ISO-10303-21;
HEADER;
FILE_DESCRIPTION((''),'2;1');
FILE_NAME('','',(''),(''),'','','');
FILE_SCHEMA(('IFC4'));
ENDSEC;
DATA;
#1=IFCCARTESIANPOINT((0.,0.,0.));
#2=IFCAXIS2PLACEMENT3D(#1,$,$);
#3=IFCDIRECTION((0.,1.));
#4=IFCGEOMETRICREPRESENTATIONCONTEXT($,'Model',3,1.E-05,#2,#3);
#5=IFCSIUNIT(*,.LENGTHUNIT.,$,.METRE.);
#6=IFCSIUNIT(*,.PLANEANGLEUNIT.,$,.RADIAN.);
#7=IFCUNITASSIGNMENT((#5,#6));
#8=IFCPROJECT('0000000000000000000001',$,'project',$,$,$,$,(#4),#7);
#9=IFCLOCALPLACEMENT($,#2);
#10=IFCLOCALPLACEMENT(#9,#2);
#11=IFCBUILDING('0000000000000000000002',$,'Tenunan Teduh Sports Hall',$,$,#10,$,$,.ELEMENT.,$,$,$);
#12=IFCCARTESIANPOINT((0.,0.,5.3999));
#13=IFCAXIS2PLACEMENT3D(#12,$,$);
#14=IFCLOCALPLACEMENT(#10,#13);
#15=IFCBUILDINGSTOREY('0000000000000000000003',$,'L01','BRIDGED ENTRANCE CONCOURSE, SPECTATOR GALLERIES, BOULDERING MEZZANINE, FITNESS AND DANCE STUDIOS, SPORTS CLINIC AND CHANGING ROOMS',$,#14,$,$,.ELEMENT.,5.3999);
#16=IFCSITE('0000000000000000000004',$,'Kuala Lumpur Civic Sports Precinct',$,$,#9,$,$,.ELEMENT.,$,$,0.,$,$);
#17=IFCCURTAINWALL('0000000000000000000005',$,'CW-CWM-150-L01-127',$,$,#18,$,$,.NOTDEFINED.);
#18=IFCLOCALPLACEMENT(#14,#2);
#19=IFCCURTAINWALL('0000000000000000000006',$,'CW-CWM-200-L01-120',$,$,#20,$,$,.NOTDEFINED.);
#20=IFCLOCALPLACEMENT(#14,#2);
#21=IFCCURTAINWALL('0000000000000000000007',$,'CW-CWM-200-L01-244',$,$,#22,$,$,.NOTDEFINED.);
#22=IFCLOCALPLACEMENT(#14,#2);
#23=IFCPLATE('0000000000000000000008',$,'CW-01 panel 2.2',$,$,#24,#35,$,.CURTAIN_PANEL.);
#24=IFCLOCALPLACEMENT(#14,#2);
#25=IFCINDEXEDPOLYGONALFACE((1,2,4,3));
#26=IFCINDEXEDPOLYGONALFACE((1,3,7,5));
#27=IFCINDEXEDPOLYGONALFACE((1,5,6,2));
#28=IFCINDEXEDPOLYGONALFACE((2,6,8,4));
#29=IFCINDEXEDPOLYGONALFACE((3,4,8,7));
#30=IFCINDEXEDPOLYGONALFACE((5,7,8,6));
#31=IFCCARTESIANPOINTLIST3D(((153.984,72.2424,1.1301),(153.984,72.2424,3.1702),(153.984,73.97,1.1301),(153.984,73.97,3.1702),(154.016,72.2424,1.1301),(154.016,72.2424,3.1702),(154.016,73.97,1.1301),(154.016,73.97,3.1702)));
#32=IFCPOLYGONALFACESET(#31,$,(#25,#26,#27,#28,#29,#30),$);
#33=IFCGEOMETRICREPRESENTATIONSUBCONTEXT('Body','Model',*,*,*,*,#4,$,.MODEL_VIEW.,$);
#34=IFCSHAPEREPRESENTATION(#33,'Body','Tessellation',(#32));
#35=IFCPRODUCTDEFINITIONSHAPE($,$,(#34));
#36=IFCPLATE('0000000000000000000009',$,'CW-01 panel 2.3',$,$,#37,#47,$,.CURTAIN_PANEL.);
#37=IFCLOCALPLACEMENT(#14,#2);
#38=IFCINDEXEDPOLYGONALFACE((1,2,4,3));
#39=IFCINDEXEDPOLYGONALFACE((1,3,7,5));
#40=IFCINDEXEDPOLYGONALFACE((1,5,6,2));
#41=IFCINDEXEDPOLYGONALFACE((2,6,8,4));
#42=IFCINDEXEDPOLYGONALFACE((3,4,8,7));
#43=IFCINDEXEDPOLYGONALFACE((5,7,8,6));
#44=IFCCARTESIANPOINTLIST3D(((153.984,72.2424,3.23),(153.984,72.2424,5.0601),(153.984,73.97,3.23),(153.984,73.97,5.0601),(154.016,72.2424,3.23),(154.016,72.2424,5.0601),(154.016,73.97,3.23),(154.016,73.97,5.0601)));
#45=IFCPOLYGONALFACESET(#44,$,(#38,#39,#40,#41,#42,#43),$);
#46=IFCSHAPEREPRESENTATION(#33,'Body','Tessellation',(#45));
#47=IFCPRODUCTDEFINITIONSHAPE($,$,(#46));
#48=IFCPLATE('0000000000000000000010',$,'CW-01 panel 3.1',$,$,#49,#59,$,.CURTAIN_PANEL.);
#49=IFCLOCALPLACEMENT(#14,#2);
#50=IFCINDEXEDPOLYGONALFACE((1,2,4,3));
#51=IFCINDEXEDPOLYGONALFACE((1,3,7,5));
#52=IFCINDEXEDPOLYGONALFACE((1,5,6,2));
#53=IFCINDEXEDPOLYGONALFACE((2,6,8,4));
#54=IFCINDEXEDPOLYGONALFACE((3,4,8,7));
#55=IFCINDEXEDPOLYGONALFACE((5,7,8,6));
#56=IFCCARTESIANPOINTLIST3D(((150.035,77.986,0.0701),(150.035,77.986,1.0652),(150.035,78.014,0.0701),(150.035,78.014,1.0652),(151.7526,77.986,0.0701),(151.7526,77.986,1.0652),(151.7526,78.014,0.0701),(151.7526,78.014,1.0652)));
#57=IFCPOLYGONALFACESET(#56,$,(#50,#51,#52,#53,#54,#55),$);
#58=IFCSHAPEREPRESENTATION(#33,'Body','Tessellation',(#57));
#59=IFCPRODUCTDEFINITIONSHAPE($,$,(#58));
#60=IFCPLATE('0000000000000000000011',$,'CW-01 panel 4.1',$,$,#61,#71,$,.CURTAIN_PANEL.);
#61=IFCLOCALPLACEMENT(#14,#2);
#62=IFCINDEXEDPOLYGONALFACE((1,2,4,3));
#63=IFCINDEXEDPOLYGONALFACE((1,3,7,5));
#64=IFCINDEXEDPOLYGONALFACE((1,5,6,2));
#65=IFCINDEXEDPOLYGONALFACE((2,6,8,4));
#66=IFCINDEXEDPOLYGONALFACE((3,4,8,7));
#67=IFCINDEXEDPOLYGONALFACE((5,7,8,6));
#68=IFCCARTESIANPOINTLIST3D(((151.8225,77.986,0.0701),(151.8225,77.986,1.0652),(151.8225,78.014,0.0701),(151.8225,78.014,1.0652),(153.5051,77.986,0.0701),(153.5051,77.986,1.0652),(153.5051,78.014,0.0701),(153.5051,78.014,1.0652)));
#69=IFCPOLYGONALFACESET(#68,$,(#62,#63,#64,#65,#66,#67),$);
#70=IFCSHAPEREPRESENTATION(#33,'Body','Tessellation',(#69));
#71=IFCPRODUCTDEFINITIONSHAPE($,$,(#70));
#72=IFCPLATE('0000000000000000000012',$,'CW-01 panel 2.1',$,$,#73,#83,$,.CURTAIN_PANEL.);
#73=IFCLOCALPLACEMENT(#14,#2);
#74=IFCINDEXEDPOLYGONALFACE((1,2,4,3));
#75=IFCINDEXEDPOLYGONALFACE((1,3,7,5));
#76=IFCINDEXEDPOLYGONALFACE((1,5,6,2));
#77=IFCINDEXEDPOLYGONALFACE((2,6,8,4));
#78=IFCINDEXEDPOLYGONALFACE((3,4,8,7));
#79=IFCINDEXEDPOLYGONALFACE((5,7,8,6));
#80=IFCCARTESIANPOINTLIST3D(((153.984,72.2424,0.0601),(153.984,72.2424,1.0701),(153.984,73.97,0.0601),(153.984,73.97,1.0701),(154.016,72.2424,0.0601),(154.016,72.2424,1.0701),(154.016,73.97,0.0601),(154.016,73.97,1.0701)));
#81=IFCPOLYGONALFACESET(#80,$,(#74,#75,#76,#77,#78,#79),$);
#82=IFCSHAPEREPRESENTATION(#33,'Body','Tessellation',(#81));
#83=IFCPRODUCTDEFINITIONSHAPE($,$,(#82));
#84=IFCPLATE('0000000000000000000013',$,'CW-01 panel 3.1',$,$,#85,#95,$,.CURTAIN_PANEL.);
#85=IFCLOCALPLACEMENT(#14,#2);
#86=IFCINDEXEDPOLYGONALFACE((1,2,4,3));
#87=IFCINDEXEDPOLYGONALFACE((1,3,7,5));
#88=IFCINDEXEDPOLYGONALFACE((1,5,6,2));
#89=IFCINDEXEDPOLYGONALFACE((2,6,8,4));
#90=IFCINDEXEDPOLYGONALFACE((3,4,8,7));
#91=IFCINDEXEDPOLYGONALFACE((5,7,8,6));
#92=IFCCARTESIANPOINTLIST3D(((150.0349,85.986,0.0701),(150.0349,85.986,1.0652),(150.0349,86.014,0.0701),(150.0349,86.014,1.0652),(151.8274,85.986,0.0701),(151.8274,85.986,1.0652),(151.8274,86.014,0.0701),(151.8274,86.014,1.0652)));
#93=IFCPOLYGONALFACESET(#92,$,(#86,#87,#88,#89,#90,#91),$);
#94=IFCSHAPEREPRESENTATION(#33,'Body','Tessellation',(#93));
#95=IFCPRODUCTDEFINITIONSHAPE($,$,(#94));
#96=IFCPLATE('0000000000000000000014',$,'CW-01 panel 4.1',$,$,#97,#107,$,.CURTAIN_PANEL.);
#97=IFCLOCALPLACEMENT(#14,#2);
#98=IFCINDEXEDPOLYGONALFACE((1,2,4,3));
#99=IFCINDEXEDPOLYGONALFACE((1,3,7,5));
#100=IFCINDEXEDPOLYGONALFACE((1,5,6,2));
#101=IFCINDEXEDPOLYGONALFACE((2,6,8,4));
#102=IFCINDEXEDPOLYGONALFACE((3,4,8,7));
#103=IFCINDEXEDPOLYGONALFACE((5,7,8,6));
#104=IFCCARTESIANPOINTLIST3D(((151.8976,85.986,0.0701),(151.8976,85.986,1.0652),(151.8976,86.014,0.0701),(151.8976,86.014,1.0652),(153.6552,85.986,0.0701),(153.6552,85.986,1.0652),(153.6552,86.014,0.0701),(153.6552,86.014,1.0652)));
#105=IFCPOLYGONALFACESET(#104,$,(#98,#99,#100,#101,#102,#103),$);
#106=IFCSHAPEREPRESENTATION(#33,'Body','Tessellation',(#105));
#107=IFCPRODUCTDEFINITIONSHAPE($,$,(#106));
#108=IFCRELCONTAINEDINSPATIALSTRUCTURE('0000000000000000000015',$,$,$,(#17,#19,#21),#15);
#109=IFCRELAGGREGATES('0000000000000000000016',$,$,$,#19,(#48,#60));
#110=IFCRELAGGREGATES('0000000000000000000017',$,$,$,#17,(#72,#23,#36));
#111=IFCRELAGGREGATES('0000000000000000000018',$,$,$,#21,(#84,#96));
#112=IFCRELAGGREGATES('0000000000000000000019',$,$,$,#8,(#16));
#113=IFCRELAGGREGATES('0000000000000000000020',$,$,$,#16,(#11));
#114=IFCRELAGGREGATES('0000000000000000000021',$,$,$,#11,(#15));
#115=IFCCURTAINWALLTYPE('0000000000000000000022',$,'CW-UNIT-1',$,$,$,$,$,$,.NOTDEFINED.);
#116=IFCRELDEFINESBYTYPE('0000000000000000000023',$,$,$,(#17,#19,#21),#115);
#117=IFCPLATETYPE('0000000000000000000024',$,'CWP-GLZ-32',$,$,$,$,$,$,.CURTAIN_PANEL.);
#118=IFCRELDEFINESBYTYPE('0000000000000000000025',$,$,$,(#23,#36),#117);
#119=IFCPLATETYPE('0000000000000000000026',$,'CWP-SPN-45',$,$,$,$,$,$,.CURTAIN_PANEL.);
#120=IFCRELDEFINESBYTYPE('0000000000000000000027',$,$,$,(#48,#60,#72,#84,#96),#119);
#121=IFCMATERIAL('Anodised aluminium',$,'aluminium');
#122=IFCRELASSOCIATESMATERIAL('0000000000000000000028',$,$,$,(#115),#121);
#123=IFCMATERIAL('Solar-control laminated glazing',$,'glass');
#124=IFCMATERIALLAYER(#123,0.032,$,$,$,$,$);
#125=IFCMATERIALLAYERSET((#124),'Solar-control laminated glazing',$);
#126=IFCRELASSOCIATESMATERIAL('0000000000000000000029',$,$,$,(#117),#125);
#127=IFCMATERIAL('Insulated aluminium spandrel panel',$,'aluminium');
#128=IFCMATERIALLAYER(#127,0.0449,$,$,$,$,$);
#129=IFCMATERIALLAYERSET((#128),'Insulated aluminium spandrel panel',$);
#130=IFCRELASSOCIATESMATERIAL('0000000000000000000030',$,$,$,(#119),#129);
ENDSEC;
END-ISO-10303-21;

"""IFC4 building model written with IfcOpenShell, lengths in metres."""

from ifc_helpers import new_model, si_unit, direction, frame, origin, origin_2d, place, context, subcontext, project, spatial, rectangle, extrude, material, layer, layer_set, type_object, element, aggregate, save


model = new_model("IFC4")

# Units and contexts
model_context = context("Model", 3, precision=1e-05, world=origin(), true_north=direction((0.0, 1.0)))
body_context = subcontext(model_context, "Body", "Model", "MODEL_VIEW")
ifc_project = project(units=[si_unit("LENGTHUNIT", "METRE"), si_unit("PLANEANGLEUNIT", "RADIAN")], contexts=[model_context])

# Site, building, storey
site_placement = place(None, origin())
site = spatial("IfcSite", under=ifc_project, at=site_placement, Name="Kuala Lumpur Civic Sports Precinct", CompositionType="ELEMENT", RefElevation=0.0)
building_placement = place(site_placement, origin())
building = spatial("IfcBuilding", under=site, at=building_placement, Name="Tenunan Teduh Sports Hall", CompositionType="ELEMENT")
storey_placement = place(building_placement, frame((0.0, 0.0, 5.3999)))
storey = spatial("IfcBuildingStorey", under=building, at=storey_placement, Name="L01", Description="BRIDGED ENTRANCE CONCOURSE, SPECTATOR GALLERIES, BOULDERING MEZZANINE, FITNESS AND DANCE STUDIOS, SPORTS CLINIC AND CHANGING ROOMS", CompositionType="ELEMENT", Elevation=5.3999)

# Curtain wall
ifc_material_1 = material(Name="Anodised aluminium", Category="aluminium")
curtain_wall_type = type_object("IfcCurtainWallType", Name="CW-UNIT-1", PredefinedType="NOTDEFINED", material=ifc_material_1)
curtain_wall_1_placement = place(storey_placement, origin())
curtain_wall_1 = element("IfcCurtainWall", 1, at=curtain_wall_1_placement, inside=storey, type_object=curtain_wall_type, Name="CW-CWM-150-L01-127", PredefinedType="NOTDEFINED")

# Curtain walls
curtain_wall_2_placement = place(storey_placement, origin())
curtain_wall_2 = element("IfcCurtainWall", 2, at=curtain_wall_2_placement, inside=storey, type_object=curtain_wall_type, Name="CW-CWM-200-L01-120", PredefinedType="NOTDEFINED")
curtain_wall_3_placement = place(storey_placement, origin())
curtain_wall_3 = element("IfcCurtainWall", 3, at=curtain_wall_3_placement, inside=storey, type_object=curtain_wall_type, Name="CW-CWM-200-L01-244", PredefinedType="NOTDEFINED")

# Plates
ifc_material_2 = material(Name="Solar-control laminated glazing", Category="glass")
ifc_layer_1 = layer(ifc_material_2, 0.032)
ifc_layer_set_1 = layer_set([ifc_layer_1], Name="Solar-control laminated glazing")
plate_type_1 = type_object("IfcPlateType", Name="CWP-GLZ-32", PredefinedType="CURTAIN_PANEL", material=ifc_layer_set_1)
plate_1_placement = place(storey_placement, frame((154.0, 73.1062, 1.1301), z_axis=(0.0, 0.0, 1.0), x_axis=(0.0, 1.0, 0.0)))
plate_1 = element("IfcPlate", 4, at=plate_1_placement, type_object=plate_type_1, Name="CW-01 panel 2.2", PredefinedType="CURTAIN_PANEL", context=body_context, shape_type="SweptSolid", body=[
    extrude(rectangle(XDim=1.7275, YDim=0.032, at=origin_2d()), origin(), (0.0, 0.0, 1.0), 2.04),
])
plate_2_placement = place(storey_placement, frame((154.0, 73.1062, 3.23), z_axis=(0.0, 0.0, 1.0), x_axis=(0.0, 1.0, 0.0)))
plate_2 = element("IfcPlate", 5, at=plate_2_placement, type_object=plate_type_1, Name="CW-01 panel 2.3", PredefinedType="CURTAIN_PANEL", context=body_context, shape_type="SweptSolid", body=[
    extrude(rectangle(XDim=1.7275, YDim=0.032, at=origin_2d()), origin(), (0.0, 0.0, 1.0), 1.8301),
])
ifc_material_3 = material(Name="Insulated aluminium spandrel panel", Category="aluminium")
ifc_layer_2 = layer(ifc_material_3, 0.0449)
ifc_layer_set_2 = layer_set([ifc_layer_2], Name="Insulated aluminium spandrel panel")
plate_type_2 = type_object("IfcPlateType", Name="CWP-SPN-45", PredefinedType="CURTAIN_PANEL", material=ifc_layer_set_2)
plate_3_placement = place(storey_placement, frame((150.8938, 78.0, 0.0701), z_axis=(0.0, 0.0, 1.0), x_axis=(1.0, 0.0, 0.0)))
plate_3 = element("IfcPlate", 6, at=plate_3_placement, type_object=plate_type_2, Name="CW-01 panel 3.1", PredefinedType="CURTAIN_PANEL", context=body_context, shape_type="SweptSolid", body=[
    extrude(rectangle(XDim=1.7175, YDim=0.0281, at=origin_2d()), origin(), (0.0, 0.0, 1.0), 0.9951),
])
plate_4_placement = place(storey_placement, frame((152.6638, 78.0, 0.0701), z_axis=(0.0, 0.0, 1.0), x_axis=(1.0, 0.0, 0.0)))
plate_4 = element("IfcPlate", 7, at=plate_4_placement, type_object=plate_type_2, Name="CW-01 panel 4.1", PredefinedType="CURTAIN_PANEL", context=body_context, shape_type="SweptSolid", body=[
    extrude(rectangle(XDim=1.6826, YDim=0.0281, at=origin_2d()), origin(), (0.0, 0.0, 1.0), 0.9951),
])
aggregate(curtain_wall_2, [plate_3, plate_4])
plate_5_placement = place(storey_placement, frame((154.0, 73.1062, 0.0601), z_axis=(0.0, 0.0, 1.0), x_axis=(0.0, 1.0, 0.0)))
plate_5 = element("IfcPlate", 8, at=plate_5_placement, type_object=plate_type_2, Name="CW-01 panel 2.1", PredefinedType="CURTAIN_PANEL", context=body_context, shape_type="SweptSolid", body=[
    extrude(rectangle(XDim=1.7275, YDim=0.032, at=origin_2d()), origin(), (0.0, 0.0, 1.0), 1.01),
])
aggregate(curtain_wall_1, [plate_5, plate_1, plate_2])
plate_6_placement = place(storey_placement, frame((150.9312, 86.0, 0.0701), z_axis=(0.0, 0.0, 1.0), x_axis=(1.0, 0.0, 0.0)))
plate_6 = element("IfcPlate", 9, at=plate_6_placement, type_object=plate_type_2, Name="CW-01 panel 3.1", PredefinedType="CURTAIN_PANEL", context=body_context, shape_type="SweptSolid", body=[
    extrude(rectangle(XDim=1.7925, YDim=0.0281, at=origin_2d()), origin(), (0.0, 0.0, 1.0), 0.9951),
])
plate_7_placement = place(storey_placement, frame((152.7764, 86.0, 0.0701), z_axis=(0.0, 0.0, 1.0), x_axis=(1.0, 0.0, 0.0)))
plate_7 = element("IfcPlate", 10, at=plate_7_placement, type_object=plate_type_2, Name="CW-01 panel 4.1", PredefinedType="CURTAIN_PANEL", context=body_context, shape_type="SweptSolid", body=[
    extrude(rectangle(XDim=1.7576, YDim=0.0281, at=origin_2d()), origin(), (0.0, 0.0, 1.0), 0.9951),
])
aggregate(curtain_wall_3, [plate_6, plate_7])

save(model, "model.ifc")
